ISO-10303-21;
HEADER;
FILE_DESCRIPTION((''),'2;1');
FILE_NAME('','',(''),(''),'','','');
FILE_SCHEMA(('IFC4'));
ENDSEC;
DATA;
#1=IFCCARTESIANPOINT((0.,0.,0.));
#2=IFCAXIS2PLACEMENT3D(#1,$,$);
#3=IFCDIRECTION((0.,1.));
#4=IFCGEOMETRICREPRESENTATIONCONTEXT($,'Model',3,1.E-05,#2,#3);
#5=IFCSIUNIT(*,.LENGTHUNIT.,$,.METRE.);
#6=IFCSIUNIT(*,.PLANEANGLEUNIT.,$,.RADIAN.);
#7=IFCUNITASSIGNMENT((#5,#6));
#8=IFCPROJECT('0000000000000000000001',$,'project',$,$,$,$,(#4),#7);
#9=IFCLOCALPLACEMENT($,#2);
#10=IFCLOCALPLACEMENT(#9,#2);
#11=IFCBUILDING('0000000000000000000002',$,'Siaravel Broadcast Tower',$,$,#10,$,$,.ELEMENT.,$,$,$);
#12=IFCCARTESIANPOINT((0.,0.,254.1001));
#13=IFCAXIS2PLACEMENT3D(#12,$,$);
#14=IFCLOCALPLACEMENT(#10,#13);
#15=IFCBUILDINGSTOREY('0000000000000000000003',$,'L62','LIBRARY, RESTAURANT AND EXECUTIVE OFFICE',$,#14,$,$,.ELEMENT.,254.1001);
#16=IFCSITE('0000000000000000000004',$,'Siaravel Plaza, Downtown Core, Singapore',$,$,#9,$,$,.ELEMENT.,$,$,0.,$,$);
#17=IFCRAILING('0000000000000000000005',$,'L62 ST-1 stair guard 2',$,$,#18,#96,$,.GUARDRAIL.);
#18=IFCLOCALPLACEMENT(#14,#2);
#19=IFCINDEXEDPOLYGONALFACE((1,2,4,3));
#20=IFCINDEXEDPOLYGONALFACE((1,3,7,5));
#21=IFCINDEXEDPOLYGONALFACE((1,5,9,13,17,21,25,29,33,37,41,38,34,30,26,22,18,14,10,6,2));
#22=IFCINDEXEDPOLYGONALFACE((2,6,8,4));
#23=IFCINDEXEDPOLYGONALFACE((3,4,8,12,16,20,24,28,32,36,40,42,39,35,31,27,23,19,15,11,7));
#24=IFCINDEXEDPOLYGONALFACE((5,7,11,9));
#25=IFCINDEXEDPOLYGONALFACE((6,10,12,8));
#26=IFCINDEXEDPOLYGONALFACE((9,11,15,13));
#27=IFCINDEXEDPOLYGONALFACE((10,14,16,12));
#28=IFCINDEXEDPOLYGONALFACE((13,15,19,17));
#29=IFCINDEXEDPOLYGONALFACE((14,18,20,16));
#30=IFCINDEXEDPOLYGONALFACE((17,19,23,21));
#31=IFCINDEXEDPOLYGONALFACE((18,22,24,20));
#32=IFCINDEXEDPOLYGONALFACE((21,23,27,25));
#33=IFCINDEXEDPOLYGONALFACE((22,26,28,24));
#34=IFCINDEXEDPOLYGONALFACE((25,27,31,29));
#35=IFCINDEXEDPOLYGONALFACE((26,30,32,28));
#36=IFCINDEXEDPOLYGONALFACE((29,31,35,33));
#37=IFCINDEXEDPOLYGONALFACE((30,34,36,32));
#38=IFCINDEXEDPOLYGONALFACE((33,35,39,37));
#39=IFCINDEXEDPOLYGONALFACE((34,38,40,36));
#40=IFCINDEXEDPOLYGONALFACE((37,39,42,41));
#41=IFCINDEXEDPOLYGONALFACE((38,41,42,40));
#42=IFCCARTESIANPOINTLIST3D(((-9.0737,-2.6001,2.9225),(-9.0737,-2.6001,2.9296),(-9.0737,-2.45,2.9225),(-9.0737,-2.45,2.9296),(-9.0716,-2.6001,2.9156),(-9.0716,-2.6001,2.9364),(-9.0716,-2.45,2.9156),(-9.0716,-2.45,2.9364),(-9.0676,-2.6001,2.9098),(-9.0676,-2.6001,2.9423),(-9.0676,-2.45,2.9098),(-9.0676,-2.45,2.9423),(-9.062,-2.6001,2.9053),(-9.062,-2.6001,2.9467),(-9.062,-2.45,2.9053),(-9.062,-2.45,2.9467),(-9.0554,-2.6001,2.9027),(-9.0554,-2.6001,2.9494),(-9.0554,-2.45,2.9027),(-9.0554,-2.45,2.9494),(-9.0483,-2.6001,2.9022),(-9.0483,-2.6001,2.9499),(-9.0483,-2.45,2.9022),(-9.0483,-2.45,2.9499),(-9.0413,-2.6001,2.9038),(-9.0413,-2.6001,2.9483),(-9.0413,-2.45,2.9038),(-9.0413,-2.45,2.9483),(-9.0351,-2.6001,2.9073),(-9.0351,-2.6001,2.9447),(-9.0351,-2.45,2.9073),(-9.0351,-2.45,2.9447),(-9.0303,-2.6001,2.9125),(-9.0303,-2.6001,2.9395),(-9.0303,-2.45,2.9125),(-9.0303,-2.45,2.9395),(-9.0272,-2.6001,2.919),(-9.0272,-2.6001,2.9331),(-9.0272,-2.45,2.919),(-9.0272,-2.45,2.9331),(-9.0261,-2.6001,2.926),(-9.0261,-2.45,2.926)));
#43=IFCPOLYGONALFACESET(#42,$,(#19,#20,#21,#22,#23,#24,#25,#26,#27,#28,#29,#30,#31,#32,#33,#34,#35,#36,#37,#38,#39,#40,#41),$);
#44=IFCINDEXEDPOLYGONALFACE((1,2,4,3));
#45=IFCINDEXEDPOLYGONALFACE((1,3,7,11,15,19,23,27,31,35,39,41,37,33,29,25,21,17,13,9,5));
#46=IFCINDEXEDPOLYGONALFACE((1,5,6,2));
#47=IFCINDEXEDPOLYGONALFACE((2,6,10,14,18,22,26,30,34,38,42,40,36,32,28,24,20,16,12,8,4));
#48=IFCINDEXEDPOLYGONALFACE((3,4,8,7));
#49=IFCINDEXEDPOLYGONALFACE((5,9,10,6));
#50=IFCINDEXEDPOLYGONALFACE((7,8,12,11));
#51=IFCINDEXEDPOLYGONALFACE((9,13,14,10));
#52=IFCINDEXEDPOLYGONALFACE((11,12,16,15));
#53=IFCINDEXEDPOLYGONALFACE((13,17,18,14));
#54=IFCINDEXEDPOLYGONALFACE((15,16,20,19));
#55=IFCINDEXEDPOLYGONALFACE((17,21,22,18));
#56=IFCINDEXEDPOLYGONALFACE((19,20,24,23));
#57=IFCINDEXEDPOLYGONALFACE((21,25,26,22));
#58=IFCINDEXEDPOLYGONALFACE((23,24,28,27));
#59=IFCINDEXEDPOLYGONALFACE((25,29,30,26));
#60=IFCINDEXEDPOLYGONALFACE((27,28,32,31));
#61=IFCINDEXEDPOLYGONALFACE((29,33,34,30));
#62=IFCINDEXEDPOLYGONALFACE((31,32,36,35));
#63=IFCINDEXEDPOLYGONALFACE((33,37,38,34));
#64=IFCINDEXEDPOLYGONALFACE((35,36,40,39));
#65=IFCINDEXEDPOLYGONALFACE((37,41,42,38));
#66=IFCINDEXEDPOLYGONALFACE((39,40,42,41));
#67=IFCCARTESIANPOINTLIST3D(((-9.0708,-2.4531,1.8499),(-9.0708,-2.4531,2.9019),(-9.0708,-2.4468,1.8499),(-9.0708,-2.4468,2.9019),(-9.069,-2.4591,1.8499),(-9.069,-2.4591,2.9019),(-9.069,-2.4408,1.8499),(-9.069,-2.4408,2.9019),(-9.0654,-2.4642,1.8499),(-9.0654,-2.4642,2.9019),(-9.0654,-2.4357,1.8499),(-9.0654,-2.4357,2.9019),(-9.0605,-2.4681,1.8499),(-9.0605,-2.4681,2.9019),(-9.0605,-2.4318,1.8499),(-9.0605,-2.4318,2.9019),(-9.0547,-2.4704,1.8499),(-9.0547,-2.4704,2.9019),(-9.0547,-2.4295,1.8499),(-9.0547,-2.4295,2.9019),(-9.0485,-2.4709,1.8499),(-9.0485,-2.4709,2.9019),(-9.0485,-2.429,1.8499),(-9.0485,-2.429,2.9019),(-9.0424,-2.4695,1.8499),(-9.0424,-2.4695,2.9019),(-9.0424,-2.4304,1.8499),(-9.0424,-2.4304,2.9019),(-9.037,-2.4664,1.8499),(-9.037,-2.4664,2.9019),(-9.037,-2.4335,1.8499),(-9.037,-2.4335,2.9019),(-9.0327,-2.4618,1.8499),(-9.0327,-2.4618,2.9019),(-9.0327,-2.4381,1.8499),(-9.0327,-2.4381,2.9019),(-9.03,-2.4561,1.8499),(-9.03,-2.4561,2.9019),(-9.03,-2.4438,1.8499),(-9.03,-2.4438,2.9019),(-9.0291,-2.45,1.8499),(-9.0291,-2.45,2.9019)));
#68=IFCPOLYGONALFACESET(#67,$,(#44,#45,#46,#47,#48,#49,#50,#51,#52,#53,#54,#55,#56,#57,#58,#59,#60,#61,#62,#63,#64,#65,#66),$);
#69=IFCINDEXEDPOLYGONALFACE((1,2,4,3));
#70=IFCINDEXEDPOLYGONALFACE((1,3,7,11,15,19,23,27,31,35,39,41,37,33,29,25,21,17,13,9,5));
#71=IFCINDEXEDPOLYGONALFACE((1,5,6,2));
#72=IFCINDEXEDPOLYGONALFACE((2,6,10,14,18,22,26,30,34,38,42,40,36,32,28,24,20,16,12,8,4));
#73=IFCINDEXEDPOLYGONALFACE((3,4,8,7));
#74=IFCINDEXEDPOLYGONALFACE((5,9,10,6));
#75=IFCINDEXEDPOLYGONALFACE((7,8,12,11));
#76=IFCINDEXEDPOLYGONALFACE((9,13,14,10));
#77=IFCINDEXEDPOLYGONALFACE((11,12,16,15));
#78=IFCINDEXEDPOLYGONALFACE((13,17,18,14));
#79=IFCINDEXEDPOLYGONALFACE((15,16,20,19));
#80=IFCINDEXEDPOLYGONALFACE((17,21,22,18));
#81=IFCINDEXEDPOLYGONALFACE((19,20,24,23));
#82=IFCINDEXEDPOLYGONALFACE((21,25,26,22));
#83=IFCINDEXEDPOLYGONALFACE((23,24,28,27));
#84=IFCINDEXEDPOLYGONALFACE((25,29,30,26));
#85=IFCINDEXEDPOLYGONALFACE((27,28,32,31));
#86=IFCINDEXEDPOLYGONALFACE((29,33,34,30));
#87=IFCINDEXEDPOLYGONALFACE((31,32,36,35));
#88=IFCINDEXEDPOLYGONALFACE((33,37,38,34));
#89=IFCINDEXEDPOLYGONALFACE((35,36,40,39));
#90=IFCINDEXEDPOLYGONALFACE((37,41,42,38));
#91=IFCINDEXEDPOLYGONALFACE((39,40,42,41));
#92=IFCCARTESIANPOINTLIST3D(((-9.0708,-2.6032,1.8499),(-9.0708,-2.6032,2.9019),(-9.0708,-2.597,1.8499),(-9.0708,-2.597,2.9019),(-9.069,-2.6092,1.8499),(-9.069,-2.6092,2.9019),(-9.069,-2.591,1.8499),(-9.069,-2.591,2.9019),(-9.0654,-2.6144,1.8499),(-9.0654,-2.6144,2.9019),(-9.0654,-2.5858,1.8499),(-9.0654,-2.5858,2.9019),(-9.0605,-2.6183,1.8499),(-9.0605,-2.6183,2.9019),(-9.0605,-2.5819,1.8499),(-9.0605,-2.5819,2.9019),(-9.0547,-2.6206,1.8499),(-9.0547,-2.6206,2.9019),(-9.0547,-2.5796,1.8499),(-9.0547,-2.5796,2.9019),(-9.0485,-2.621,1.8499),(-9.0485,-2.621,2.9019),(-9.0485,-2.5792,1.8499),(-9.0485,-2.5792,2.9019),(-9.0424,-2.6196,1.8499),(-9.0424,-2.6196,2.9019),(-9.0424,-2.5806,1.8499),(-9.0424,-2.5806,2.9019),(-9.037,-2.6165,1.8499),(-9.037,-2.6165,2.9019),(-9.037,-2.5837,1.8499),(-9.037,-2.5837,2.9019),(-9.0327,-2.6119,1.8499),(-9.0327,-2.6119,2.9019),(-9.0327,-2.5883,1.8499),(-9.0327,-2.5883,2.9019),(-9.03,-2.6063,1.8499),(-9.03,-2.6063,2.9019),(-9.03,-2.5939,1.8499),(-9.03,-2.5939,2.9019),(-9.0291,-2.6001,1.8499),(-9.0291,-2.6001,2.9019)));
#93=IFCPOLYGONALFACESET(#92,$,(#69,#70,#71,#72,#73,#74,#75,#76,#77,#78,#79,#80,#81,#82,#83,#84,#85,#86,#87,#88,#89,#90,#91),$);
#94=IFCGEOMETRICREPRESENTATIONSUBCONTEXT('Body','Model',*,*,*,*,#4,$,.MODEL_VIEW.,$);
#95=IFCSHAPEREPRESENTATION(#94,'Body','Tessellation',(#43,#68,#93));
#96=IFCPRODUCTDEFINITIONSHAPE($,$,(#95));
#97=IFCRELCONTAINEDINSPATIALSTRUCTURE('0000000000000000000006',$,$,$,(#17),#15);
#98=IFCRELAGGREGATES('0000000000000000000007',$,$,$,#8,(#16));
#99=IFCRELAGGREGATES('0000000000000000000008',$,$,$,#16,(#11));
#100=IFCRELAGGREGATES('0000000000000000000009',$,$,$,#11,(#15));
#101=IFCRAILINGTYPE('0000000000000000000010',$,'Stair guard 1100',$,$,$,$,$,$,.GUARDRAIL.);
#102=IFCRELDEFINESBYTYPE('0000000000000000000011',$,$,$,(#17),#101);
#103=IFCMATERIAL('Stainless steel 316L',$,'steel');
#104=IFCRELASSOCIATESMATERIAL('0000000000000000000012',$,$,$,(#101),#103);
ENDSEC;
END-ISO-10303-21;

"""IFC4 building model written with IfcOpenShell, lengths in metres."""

from ifc_helpers import new_model, si_unit, direction, frame, origin, origin_2d, place, context, subcontext, project, spatial, circle, extrude, material, type_object, element, save


model = new_model("IFC4")

# Units and contexts
model_context = context("Model", 3, precision=1e-05, world=origin(), true_north=direction((0.0, 1.0)))
body_context = subcontext(model_context, "Body", "Model", "MODEL_VIEW")
ifc_project = project(units=[si_unit("LENGTHUNIT", "METRE"), si_unit("PLANEANGLEUNIT", "RADIAN")], contexts=[model_context])

# Site, building, storey
site_placement = place(None, origin())
site = spatial("IfcSite", under=ifc_project, at=site_placement, Name="Siaravel Plaza, Downtown Core, Singapore", CompositionType="ELEMENT", RefElevation=0.0)
building_placement = place(site_placement, origin())
building = spatial("IfcBuilding", under=site, at=building_placement, Name="Siaravel Broadcast Tower", CompositionType="ELEMENT")
storey_placement = place(building_placement, frame((0.0, 0.0, 254.1001)))
storey = spatial("IfcBuildingStorey", under=building, at=storey_placement, Name="L62", Description="LIBRARY, RESTAURANT AND EXECUTIVE OFFICE", CompositionType="ELEMENT", Elevation=254.1001)

# Shared definitions
ifc_material_1 = material(Name="Stainless steel 316L", Category="steel")

# Railing
railing_type_1 = type_object("IfcRailingType", Name="Stair guard 1100", PredefinedType="GUARDRAIL", material=ifc_material_1)
railing_1_placement = place(storey_placement, frame((-9.05, -2.45, 1.8499)))
element("IfcRailing", 1, at=railing_1_placement, inside=storey, type_object=railing_type_1, Name="L62 ST-1 stair guard 2", PredefinedType="GUARDRAIL", context=body_context, shape_type="SweptSolid", body=[
    extrude(circle(Radius=0.0239, at=origin_2d()), frame((0.0, 0.0, 1.0762), z_axis=(0.0, -1.0, 0.0), x_axis=(1.0, 0.0, 0.0)), (0.0, 0.0, 1.0), 0.1501),
    extrude(circle(Radius=0.021, at=origin_2d()), origin(), (0.0, 0.0, 1.0), 1.052),
    extrude(circle(Radius=0.021, at=origin_2d()), frame((0.0, -0.1501, 0.0)), (0.0, 0.0, 1.0), 1.052),
])

save(model, "model.ifc")
